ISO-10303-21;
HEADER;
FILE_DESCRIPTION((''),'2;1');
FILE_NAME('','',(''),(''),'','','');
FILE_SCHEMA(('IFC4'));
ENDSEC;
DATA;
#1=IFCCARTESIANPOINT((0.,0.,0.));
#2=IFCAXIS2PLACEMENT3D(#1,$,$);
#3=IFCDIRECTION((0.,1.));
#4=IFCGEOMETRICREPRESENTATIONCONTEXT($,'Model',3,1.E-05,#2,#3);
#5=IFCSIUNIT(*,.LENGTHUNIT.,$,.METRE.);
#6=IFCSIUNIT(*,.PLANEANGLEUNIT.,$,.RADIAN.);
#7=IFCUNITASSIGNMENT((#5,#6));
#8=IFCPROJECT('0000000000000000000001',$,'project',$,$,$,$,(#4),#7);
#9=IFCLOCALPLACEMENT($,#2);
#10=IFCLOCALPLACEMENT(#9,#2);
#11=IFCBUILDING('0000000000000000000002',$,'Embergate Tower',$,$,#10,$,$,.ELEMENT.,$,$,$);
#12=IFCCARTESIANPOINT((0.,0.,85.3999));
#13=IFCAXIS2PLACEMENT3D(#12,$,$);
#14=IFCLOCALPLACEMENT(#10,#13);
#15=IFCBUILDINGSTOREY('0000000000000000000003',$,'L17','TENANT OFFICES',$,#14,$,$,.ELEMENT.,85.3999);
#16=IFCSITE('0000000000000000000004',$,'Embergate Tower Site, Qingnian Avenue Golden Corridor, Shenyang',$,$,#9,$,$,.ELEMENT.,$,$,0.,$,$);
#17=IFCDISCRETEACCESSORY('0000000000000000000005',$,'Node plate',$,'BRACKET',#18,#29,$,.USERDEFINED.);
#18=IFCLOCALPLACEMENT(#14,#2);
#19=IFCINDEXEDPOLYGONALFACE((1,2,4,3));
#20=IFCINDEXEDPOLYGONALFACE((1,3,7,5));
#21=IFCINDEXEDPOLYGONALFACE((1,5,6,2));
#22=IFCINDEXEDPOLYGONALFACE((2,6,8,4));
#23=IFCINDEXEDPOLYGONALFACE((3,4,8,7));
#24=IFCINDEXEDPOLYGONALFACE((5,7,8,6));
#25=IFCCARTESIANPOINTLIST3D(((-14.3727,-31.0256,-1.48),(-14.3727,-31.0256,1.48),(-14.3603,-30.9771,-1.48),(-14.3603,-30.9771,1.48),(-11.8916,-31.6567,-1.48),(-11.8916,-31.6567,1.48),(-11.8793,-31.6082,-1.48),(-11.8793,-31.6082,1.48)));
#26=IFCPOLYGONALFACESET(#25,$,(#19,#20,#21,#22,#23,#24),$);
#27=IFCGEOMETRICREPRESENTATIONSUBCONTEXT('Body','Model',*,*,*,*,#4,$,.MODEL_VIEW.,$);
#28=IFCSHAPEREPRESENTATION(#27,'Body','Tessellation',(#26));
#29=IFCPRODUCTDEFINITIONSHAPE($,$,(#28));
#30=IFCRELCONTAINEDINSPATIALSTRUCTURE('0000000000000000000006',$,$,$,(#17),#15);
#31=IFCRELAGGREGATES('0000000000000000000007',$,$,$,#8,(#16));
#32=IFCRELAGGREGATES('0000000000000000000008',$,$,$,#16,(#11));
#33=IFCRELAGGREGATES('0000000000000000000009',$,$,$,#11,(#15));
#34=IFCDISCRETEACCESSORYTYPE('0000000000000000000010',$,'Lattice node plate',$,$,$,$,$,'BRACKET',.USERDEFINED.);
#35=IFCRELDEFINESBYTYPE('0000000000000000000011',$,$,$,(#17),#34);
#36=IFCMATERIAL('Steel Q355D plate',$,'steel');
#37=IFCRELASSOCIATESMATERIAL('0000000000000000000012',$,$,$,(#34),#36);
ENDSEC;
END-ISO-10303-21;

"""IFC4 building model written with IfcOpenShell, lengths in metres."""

from ifc_helpers import new_model, si_unit, direction, frame, origin, origin_2d, place, context, subcontext, project, spatial, rectangle, extrude, source, transform, mapped, material, type_object, element, save


model = new_model("IFC4")

# Units and contexts
model_context = context("Model", 3, precision=1e-05, world=origin(), true_north=direction((0.0, 1.0)))
body_context = subcontext(model_context, "Body", "Model", "MODEL_VIEW")
ifc_project = project(units=[si_unit("LENGTHUNIT", "METRE"), si_unit("PLANEANGLEUNIT", "RADIAN")], contexts=[model_context])

# Site, building, storey
site_placement = place(None, origin())
site = spatial("IfcSite", under=ifc_project, at=site_placement, Name="Embergate Tower Site, Qingnian Avenue Golden Corridor, Shenyang", CompositionType="ELEMENT", RefElevation=0.0)
building_placement = place(site_placement, origin())
building = spatial("IfcBuilding", under=site, at=building_placement, Name="Embergate Tower", CompositionType="ELEMENT")
storey_placement = place(building_placement, frame((0.0, 0.0, 85.3999)))
storey = spatial("IfcBuildingStorey", under=building, at=storey_placement, Name="L17", Description="TENANT OFFICES", CompositionType="ELEMENT", Elevation=85.3999)

# Discrete accessory
ifc_material_1 = material(Name="Steel Q355D plate", Category="steel")
discrete_accessory_type = type_object("IfcDiscreteAccessoryType", Name="Lattice node plate", ElementType="BRACKET", PredefinedType="USERDEFINED", material=ifc_material_1)
shared_shape_1 = source(origin(), body_context, "Body", "SweptSolid", [
    extrude(rectangle(XDim=2.5601, YDim=0.05, at=origin_2d()), origin(), (0.0, 0.0, 1.0), 2.96),
])
discrete_accessory_placement = place(storey_placement, frame((-13.126, -31.3169, -1.48), z_axis=(0.0, 0.0, 1.0), x_axis=(0.969145, -0.246492, 0.0)))
element("IfcDiscreteAccessory", 1, at=discrete_accessory_placement, inside=storey, type_object=discrete_accessory_type, Name="Node plate", ObjectType="BRACKET", PredefinedType="USERDEFINED", context=body_context, shape_type="MappedRepresentation", body=[
    mapped(shared_shape_1, transform((0.0, 0.0, 0.0))),
])

save(model, "model.ifc")
